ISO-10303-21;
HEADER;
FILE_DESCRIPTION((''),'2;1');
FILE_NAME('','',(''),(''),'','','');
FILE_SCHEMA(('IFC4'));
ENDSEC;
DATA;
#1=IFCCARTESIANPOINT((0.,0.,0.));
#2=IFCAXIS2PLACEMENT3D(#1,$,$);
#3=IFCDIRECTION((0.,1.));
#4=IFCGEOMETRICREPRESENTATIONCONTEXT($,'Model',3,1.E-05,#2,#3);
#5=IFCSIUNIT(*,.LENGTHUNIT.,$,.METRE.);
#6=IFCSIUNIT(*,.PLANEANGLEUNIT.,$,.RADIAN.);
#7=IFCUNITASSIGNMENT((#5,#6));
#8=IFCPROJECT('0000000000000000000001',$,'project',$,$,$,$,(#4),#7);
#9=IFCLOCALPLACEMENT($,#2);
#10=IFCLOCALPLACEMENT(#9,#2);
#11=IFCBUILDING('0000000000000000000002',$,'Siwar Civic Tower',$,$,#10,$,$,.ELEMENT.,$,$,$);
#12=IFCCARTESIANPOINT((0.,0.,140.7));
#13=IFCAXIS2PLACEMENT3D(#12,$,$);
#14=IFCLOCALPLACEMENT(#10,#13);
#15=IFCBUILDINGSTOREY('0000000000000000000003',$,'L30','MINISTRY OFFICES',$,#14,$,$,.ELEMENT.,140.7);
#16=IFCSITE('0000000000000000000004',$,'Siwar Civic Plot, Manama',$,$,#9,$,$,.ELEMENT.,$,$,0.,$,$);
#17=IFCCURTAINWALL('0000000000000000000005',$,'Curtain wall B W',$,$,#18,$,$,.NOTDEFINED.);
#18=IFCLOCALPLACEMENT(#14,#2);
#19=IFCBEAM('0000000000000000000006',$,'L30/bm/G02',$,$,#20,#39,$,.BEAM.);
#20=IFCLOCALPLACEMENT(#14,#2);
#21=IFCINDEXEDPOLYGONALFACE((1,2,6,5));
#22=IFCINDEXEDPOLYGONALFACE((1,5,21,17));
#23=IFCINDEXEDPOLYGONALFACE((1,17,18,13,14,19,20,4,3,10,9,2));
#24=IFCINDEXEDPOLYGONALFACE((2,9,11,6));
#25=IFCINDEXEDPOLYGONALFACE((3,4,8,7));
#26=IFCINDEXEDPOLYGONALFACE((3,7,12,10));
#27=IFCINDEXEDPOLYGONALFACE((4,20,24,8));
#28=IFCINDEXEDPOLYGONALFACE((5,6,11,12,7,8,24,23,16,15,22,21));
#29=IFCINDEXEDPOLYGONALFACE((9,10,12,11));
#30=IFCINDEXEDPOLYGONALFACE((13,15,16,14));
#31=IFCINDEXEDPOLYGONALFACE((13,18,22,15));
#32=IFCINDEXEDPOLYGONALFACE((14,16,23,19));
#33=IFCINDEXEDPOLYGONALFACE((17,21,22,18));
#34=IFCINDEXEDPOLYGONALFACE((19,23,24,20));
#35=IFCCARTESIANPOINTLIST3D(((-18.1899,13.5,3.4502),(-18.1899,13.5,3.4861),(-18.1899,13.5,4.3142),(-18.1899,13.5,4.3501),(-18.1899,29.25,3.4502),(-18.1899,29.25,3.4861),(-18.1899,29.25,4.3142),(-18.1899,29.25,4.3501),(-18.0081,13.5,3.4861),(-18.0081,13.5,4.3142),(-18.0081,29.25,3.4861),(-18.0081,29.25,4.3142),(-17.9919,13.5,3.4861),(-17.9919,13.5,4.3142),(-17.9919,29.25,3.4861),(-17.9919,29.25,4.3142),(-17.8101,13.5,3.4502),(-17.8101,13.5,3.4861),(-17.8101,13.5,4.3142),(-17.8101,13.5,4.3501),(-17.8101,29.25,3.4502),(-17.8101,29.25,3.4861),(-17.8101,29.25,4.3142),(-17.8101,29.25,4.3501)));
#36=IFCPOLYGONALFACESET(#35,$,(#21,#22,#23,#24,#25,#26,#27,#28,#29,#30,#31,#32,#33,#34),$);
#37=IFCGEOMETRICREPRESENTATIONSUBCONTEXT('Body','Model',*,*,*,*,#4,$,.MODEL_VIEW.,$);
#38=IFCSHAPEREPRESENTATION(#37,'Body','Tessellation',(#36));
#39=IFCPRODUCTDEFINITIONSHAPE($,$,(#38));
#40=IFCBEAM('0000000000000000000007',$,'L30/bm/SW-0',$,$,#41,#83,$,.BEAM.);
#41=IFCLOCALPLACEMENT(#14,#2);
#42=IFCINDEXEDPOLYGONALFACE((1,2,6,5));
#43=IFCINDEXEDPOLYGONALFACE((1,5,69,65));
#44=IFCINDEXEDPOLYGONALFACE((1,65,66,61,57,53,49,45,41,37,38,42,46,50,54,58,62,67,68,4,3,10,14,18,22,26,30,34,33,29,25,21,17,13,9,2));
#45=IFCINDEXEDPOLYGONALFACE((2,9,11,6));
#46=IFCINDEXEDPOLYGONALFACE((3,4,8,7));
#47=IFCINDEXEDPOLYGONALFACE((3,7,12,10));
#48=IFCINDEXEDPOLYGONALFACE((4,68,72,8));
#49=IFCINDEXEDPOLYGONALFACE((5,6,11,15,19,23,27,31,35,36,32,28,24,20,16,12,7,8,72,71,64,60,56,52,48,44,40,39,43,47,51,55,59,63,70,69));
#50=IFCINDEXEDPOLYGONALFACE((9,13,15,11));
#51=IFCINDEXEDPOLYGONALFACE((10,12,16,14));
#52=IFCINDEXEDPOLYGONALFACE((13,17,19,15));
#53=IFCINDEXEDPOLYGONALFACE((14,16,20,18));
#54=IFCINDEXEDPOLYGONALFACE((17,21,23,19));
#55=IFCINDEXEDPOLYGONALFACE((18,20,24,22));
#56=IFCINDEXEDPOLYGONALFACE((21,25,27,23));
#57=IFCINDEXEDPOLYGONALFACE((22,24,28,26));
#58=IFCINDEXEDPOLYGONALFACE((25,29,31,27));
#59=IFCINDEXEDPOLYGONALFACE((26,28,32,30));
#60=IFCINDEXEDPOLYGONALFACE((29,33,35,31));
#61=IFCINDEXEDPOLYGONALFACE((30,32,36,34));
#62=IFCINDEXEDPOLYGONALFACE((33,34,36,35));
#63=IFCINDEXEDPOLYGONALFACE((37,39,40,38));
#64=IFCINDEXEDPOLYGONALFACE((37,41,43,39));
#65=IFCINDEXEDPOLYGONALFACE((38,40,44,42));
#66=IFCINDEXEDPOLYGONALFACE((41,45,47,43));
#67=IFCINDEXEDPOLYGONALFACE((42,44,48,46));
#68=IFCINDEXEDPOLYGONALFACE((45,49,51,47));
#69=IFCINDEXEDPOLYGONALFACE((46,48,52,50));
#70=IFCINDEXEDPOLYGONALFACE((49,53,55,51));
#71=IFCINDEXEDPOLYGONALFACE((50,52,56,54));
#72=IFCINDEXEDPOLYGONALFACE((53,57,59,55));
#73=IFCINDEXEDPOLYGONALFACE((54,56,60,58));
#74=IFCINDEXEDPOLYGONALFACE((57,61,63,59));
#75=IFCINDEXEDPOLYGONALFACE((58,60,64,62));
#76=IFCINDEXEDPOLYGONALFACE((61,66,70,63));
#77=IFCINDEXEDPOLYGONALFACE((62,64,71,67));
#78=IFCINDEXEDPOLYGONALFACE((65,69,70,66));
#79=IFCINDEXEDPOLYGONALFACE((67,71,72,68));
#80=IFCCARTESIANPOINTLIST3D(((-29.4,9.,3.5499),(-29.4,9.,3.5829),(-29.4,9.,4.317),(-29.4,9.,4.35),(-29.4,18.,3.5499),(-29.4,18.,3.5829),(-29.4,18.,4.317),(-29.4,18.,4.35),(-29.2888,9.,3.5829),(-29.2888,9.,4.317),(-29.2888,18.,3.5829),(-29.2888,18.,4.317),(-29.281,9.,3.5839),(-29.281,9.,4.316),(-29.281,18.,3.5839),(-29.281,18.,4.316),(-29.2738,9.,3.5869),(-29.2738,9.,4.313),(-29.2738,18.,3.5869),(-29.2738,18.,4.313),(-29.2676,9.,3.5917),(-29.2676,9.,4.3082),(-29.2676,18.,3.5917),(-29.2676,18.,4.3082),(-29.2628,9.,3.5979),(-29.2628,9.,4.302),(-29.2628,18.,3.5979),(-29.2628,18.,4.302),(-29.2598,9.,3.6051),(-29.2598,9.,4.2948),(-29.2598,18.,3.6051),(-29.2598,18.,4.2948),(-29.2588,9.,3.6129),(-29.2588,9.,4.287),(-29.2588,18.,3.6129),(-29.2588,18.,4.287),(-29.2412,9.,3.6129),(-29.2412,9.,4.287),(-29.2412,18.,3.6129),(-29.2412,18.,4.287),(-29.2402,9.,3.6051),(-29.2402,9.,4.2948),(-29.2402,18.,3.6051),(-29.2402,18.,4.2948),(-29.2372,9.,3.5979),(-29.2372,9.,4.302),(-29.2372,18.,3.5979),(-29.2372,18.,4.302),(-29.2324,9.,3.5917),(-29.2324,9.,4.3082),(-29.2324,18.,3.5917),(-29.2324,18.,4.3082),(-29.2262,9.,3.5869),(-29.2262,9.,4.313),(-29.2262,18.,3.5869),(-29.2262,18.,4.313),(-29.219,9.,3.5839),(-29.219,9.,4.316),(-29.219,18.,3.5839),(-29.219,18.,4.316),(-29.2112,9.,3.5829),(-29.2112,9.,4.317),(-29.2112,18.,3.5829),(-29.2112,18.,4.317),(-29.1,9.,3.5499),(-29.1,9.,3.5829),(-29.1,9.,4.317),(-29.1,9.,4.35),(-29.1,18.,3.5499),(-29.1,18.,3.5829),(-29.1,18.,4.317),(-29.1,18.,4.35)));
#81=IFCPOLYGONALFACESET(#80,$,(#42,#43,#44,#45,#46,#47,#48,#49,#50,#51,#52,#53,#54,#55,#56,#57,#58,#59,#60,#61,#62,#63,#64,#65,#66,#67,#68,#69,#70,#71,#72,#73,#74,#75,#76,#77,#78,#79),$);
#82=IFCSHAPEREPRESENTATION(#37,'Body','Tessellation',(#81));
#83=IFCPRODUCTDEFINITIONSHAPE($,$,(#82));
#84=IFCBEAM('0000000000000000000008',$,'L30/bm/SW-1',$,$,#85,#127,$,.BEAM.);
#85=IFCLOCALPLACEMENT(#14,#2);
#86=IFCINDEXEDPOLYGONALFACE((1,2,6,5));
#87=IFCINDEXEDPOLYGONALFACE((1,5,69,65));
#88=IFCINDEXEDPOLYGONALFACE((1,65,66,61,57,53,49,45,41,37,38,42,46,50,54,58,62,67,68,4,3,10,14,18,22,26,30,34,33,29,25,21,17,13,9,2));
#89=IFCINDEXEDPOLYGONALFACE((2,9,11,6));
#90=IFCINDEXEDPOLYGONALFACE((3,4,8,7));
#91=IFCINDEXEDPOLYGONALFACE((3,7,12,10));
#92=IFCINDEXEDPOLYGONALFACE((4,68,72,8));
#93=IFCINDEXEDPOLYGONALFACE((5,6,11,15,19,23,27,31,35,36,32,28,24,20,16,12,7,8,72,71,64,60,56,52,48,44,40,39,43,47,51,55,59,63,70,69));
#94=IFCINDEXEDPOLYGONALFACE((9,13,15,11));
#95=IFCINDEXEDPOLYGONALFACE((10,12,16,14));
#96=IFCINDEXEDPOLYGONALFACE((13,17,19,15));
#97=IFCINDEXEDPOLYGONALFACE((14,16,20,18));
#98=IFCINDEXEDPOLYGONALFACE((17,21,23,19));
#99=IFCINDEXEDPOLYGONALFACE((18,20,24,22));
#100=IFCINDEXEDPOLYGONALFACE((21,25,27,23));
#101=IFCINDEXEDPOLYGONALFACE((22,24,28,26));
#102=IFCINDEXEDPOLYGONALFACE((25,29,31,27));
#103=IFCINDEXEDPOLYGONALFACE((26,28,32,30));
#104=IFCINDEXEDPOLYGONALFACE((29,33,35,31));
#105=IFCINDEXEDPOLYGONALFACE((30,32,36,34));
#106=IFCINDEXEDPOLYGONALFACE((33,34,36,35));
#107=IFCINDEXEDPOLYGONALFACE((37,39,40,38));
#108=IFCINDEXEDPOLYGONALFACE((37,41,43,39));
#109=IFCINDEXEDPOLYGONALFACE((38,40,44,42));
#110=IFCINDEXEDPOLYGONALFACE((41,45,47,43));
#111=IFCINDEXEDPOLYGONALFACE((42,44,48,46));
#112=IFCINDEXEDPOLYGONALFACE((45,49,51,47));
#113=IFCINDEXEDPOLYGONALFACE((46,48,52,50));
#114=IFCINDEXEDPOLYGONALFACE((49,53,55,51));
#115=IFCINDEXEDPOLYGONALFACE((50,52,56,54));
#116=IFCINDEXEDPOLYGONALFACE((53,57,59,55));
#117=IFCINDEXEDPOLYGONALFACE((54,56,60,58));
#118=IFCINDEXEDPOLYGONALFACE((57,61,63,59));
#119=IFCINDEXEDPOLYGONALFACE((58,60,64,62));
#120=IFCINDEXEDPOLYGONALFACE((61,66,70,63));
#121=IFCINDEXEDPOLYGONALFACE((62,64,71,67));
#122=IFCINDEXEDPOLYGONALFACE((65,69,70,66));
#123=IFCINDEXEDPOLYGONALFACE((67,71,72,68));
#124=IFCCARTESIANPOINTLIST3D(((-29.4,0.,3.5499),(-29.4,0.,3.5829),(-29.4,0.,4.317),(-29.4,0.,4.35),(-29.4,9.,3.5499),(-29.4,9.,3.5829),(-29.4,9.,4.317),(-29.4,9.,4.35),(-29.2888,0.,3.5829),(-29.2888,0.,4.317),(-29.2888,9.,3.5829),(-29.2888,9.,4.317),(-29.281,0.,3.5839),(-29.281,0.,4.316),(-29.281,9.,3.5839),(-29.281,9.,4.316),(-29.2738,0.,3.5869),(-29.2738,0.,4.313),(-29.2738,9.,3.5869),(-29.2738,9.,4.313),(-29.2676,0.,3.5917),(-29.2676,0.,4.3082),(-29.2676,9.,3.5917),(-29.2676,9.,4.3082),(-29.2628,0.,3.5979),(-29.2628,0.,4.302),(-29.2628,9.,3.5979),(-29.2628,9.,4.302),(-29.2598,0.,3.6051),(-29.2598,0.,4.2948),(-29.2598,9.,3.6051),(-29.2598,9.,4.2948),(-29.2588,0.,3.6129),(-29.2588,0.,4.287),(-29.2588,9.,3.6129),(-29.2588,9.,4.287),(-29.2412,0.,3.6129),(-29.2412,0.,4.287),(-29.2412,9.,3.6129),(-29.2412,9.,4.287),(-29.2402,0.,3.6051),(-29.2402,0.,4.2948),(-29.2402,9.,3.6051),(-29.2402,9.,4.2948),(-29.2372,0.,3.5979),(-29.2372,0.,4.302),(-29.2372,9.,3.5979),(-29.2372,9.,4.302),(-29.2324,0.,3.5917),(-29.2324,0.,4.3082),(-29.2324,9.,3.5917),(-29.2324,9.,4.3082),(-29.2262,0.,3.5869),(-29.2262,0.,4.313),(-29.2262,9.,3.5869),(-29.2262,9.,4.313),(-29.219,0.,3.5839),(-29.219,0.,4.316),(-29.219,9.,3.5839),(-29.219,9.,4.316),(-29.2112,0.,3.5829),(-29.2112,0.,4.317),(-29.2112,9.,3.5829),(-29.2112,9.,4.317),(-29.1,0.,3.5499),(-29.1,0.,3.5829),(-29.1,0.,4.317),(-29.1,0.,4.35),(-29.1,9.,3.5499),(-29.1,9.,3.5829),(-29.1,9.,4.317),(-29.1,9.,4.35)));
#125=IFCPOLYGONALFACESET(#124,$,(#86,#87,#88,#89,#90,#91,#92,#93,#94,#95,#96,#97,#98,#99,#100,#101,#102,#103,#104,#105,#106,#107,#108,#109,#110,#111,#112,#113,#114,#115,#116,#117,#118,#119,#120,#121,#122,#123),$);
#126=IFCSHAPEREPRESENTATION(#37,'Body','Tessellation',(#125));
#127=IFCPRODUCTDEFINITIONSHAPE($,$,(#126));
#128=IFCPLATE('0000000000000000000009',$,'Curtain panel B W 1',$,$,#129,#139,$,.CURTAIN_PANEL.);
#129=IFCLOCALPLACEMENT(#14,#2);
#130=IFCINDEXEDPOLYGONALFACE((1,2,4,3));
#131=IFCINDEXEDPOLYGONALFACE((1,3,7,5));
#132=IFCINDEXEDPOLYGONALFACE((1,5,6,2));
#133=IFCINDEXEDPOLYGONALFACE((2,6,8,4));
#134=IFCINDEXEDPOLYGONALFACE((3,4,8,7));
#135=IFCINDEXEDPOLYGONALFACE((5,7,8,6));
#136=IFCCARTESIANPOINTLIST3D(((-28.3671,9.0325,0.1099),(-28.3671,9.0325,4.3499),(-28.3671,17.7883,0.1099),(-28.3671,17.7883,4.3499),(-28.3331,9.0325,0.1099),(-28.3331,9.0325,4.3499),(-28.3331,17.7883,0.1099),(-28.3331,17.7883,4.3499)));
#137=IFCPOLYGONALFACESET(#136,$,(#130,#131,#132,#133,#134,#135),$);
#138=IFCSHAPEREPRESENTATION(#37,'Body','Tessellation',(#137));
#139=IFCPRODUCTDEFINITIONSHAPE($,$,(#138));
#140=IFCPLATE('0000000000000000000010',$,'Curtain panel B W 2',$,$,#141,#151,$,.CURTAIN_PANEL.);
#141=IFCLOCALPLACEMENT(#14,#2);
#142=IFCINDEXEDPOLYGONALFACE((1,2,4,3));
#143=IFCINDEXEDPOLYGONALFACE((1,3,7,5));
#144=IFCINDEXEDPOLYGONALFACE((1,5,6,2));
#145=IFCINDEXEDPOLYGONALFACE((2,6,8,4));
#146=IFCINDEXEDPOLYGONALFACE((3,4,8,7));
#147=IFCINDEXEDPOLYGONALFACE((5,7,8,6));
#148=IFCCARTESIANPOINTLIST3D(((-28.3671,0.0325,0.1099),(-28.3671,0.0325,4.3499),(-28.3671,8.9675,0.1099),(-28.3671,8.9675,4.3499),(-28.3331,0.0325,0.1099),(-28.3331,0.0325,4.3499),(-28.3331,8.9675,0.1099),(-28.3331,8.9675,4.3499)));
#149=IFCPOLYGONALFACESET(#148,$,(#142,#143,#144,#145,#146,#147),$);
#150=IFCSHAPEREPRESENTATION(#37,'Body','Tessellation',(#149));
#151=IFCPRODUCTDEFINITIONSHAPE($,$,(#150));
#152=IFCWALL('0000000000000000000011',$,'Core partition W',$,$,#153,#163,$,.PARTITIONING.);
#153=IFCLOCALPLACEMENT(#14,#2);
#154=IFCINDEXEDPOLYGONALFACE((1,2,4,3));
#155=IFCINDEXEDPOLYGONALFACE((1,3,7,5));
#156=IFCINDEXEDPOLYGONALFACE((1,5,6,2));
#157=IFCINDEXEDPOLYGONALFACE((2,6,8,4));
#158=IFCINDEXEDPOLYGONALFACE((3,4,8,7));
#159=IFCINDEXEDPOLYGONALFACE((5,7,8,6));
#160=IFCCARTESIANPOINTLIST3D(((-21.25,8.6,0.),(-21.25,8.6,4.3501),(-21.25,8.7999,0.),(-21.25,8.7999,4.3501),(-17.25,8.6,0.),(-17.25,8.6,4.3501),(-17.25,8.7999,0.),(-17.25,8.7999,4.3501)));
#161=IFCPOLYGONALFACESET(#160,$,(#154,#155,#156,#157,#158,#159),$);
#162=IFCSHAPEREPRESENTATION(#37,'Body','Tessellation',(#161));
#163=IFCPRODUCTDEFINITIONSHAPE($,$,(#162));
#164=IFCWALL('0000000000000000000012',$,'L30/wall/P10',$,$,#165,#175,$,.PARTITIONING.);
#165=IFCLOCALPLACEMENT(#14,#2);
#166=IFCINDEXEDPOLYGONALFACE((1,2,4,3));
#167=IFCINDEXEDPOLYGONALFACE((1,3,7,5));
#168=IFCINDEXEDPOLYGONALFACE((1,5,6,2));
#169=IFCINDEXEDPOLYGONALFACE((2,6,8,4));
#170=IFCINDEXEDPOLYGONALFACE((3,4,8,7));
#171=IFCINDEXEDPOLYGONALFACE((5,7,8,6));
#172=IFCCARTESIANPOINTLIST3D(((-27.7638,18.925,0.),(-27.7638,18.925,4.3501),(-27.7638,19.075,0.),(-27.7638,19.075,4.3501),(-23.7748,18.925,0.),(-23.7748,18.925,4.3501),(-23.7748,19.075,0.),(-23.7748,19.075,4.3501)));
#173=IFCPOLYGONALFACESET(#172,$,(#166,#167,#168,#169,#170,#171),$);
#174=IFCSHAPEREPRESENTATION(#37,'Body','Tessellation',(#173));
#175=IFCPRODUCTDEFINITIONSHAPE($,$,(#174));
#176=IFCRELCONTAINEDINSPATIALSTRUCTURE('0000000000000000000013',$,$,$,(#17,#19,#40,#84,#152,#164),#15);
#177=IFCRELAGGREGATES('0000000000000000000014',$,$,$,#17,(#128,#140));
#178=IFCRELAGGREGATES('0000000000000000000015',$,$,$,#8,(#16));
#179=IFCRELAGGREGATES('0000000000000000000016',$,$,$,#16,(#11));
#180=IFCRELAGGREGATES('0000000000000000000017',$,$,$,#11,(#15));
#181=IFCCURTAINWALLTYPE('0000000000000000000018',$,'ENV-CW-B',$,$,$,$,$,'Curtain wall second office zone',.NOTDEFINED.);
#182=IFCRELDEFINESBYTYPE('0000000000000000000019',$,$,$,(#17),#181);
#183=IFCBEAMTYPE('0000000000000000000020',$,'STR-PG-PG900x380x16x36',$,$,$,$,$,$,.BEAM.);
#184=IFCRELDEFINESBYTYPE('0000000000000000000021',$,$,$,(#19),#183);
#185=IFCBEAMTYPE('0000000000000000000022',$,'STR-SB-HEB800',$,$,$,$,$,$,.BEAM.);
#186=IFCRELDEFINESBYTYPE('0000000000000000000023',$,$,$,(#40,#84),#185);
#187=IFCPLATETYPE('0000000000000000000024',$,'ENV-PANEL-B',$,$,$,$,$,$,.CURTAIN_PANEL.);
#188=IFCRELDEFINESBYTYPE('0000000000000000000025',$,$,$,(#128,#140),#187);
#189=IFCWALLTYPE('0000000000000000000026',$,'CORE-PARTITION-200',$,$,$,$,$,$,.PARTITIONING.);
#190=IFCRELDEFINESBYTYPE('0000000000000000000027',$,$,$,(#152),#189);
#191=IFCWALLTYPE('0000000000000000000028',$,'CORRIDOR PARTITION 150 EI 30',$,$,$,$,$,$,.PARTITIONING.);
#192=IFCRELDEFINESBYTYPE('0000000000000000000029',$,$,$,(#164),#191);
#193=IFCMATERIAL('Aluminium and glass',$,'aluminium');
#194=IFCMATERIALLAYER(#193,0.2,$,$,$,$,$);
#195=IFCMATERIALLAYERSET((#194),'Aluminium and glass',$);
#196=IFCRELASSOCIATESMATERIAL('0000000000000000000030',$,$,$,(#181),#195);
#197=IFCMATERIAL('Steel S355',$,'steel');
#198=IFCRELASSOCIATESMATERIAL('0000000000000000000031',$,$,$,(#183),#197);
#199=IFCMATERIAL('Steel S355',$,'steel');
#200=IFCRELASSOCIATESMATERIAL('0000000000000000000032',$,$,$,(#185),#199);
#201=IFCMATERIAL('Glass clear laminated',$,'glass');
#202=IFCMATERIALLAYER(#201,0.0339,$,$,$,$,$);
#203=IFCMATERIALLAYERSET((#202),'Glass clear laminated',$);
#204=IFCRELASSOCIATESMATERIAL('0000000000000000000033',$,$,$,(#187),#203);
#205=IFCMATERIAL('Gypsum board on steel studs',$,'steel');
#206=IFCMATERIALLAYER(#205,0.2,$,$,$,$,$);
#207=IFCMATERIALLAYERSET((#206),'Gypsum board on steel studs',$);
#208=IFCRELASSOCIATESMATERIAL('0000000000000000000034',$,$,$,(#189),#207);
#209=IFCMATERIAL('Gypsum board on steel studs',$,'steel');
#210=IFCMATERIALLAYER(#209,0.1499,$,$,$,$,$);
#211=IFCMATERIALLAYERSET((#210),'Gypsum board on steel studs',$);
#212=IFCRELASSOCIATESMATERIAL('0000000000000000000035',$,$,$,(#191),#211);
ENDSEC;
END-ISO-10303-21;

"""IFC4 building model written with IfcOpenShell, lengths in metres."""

from ifc_helpers import new_model, si_unit, direction, frame, frame_2d, origin, origin_2d, place, context, subcontext, project, spatial, rectangle, i_section, extrude, material, layer, layer_set, material_profile, profile_set, type_object, element, aggregate, save


model = new_model("IFC4")

# Units and contexts
model_context = context("Model", 3, precision=1e-05, world=origin(), true_north=direction((0.0, 1.0)))
body_context = subcontext(model_context, "Body", "Model", "MODEL_VIEW")
ifc_project = project(units=[si_unit("LENGTHUNIT", "METRE"), si_unit("PLANEANGLEUNIT", "RADIAN")], contexts=[model_context])

# Site, building, storey
site_placement = place(None, origin())
site = spatial("IfcSite", under=ifc_project, at=site_placement, Name="Siwar Civic Plot, Manama", CompositionType="ELEMENT", RefElevation=0.0)
building_placement = place(site_placement, origin())
building = spatial("IfcBuilding", under=site, at=building_placement, Name="Siwar Civic Tower", CompositionType="ELEMENT")
storey_placement = place(building_placement, frame((0.0, 0.0, 140.7)))
storey = spatial("IfcBuildingStorey", under=building, at=storey_placement, Name="L30", Description="MINISTRY OFFICES", CompositionType="ELEMENT", Elevation=140.7)

# Curtain wall
ifc_material_1 = material(Name="Aluminium and glass", Category="aluminium")
ifc_layer_1 = layer(ifc_material_1, 0.2)
ifc_layer_set_1 = layer_set([ifc_layer_1], Name="Aluminium and glass")
curtain_wall_type = type_object("IfcCurtainWallType", Name="ENV-CW-B", ElementType="Curtain wall second office zone", PredefinedType="NOTDEFINED", material=ifc_layer_set_1)
curtain_wall_placement = place(storey_placement, origin())
curtain_wall = element("IfcCurtainWall", 1, at=curtain_wall_placement, inside=storey, type_object=curtain_wall_type, Name="Curtain wall B W", PredefinedType="NOTDEFINED")

# Beams
ifc_material_2 = material(Name="Steel S355", Category="steel")
ifc_material_profile_1 = material_profile(ifc_material_2, i_section(OverallWidth=0.3799, OverallDepth=0.8999, WebThickness=0.0161, FlangeThickness=0.0359, at=origin_2d()), Name="PG900x380x16x36")
ifc_profile_set_1 = profile_set([ifc_material_profile_1], Name="Steel S355")
beam_type_1 = type_object("IfcBeamType", Name="STR-PG-PG900x380x16x36", PredefinedType="BEAM", material=ifc_profile_set_1)
beam_1_placement = place(storey_placement, frame((-18.0, 13.5, 3.9001), z_axis=(0.0, 1.0, 0.0), x_axis=(-1.0, 0.0, 0.0)))
element("IfcBeam", 2, at=beam_1_placement, inside=storey, type_object=beam_type_1, Name="L30/bm/G02", PredefinedType="BEAM", context=body_context, shape_type="SweptSolid", body=[
    extrude(i_section(OverallWidth=0.3799, OverallDepth=0.8999, WebThickness=0.0161, FlangeThickness=0.0359, at=origin_2d()), origin(), (0.0, 0.0, 1.0), 15.75),
])
ifc_material_3 = material(Name="Steel S355", Category="steel")
ifc_material_profile_2 = material_profile(ifc_material_3, i_section(OverallWidth=0.3, OverallDepth=0.8, WebThickness=0.0176, FlangeThickness=0.033, FilletRadius=0.03, at=origin_2d()), Name="HEB800")
ifc_profile_set_2 = profile_set([ifc_material_profile_2], Name="Steel S355")
beam_type_2 = type_object("IfcBeamType", Name="STR-SB-HEB800", PredefinedType="BEAM", material=ifc_profile_set_2)
for number, where, z_axis, x_axis, name in (
    (3, (-29.25, 18.0, 3.95), (0.0, -1.0, 0.0), (1.0, 0.0, 0.0), "L30/bm/SW-0"),
    (4, (-29.25, 9.0, 3.95), (0.0, -1.0, 0.0), (1.0, 0.0, 0.0), "L30/bm/SW-1"),
):
    element("IfcBeam", number, at=place(storey_placement, frame(where, z_axis=z_axis, x_axis=x_axis)), inside=storey, type_object=beam_type_2, Name=name, PredefinedType="BEAM", context=body_context, shape_type="SweptSolid", body=[
        extrude(i_section(OverallWidth=0.3, OverallDepth=0.8, WebThickness=0.0176, FlangeThickness=0.033, FilletRadius=0.03, at=origin_2d()), origin(), (0.0, 0.0, 1.0), 9.0),
    ])

# Plates
ifc_material_4 = material(Name="Glass clear laminated", Category="glass")
ifc_layer_2 = layer(ifc_material_4, 0.0339)
ifc_layer_set_2 = layer_set([ifc_layer_2], Name="Glass clear laminated")
plate_type = type_object("IfcPlateType", Name="ENV-PANEL-B", PredefinedType="CURTAIN_PANEL", material=ifc_layer_set_2)
plate_1_placement = place(storey_placement, frame((-28.3501, 13.4104, 0.1099), z_axis=(0.0, 0.0, 1.0), x_axis=(0.0, -1.0, 0.0)))
plate_1 = element("IfcPlate", 5, at=plate_1_placement, type_object=plate_type, Name="Curtain panel B W 1", PredefinedType="CURTAIN_PANEL", context=body_context, shape_type="SweptSolid", body=[
    extrude(rectangle(XDim=8.7559, YDim=0.0339, at=origin_2d()), origin(), (0.0, 0.0, 1.0), 4.24),
])
plate_2_placement = place(storey_placement, frame((-28.3501, 4.5, 0.1099), z_axis=(0.0, 0.0, 1.0), x_axis=(0.0, -1.0, 0.0)))
plate_2 = element("IfcPlate", 6, at=plate_2_placement, type_object=plate_type, Name="Curtain panel B W 2", PredefinedType="CURTAIN_PANEL", context=body_context, shape_type="SweptSolid", body=[
    extrude(rectangle(XDim=8.9351, YDim=0.0339, at=origin_2d()), origin(), (0.0, 0.0, 1.0), 4.24),
])
aggregate(curtain_wall, [plate_1, plate_2])

# Walls
ifc_material_5 = material(Name="Gypsum board on steel studs", Category="steel")
ifc_layer_3 = layer(ifc_material_5, 0.2)
ifc_layer_set_3 = layer_set([ifc_layer_3], Name="Gypsum board on steel studs")
wall_type_1 = type_object("IfcWallType", Name="CORE-PARTITION-200", PredefinedType="PARTITIONING", material=ifc_layer_set_3)
wall_1_placement = place(storey_placement, frame((-17.25, 8.7, 0.0), z_axis=(0.0, 0.0, 1.0), x_axis=(-1.0, 0.0, 0.0)))
element("IfcWall", 7, at=wall_1_placement, inside=storey, type_object=wall_type_1, Name="Core partition W", PredefinedType="PARTITIONING", context=body_context, shape_type="SweptSolid", body=[
    extrude(rectangle(XDim=4.0, YDim=0.2, at=frame_2d((2.0, 0.0))), origin(), (0.0, 0.0, 1.0), 4.3501),
])
ifc_material_6 = material(Name="Gypsum board on steel studs", Category="steel")
ifc_layer_4 = layer(ifc_material_6, 0.1499)
ifc_layer_set_4 = layer_set([ifc_layer_4], Name="Gypsum board on steel studs")
wall_type_2 = type_object("IfcWallType", Name="CORRIDOR PARTITION 150 EI 30", PredefinedType="PARTITIONING", material=ifc_layer_set_4)
wall_2_placement = place(storey_placement, frame((-27.7639, 19.0, 0.0), z_axis=(0.0, 0.0, 1.0), x_axis=(1.0, 0.0, 0.0)))
element("IfcWall", 8, at=wall_2_placement, inside=storey, type_object=wall_type_2, Name="L30/wall/P10", PredefinedType="PARTITIONING", context=body_context, shape_type="SweptSolid", body=[
    extrude(rectangle(XDim=3.989, YDim=0.1499, at=frame_2d((1.9946, 0.0))), origin(), (0.0, 0.0, 1.0), 4.3501),
])

save(model, "model.ifc")
